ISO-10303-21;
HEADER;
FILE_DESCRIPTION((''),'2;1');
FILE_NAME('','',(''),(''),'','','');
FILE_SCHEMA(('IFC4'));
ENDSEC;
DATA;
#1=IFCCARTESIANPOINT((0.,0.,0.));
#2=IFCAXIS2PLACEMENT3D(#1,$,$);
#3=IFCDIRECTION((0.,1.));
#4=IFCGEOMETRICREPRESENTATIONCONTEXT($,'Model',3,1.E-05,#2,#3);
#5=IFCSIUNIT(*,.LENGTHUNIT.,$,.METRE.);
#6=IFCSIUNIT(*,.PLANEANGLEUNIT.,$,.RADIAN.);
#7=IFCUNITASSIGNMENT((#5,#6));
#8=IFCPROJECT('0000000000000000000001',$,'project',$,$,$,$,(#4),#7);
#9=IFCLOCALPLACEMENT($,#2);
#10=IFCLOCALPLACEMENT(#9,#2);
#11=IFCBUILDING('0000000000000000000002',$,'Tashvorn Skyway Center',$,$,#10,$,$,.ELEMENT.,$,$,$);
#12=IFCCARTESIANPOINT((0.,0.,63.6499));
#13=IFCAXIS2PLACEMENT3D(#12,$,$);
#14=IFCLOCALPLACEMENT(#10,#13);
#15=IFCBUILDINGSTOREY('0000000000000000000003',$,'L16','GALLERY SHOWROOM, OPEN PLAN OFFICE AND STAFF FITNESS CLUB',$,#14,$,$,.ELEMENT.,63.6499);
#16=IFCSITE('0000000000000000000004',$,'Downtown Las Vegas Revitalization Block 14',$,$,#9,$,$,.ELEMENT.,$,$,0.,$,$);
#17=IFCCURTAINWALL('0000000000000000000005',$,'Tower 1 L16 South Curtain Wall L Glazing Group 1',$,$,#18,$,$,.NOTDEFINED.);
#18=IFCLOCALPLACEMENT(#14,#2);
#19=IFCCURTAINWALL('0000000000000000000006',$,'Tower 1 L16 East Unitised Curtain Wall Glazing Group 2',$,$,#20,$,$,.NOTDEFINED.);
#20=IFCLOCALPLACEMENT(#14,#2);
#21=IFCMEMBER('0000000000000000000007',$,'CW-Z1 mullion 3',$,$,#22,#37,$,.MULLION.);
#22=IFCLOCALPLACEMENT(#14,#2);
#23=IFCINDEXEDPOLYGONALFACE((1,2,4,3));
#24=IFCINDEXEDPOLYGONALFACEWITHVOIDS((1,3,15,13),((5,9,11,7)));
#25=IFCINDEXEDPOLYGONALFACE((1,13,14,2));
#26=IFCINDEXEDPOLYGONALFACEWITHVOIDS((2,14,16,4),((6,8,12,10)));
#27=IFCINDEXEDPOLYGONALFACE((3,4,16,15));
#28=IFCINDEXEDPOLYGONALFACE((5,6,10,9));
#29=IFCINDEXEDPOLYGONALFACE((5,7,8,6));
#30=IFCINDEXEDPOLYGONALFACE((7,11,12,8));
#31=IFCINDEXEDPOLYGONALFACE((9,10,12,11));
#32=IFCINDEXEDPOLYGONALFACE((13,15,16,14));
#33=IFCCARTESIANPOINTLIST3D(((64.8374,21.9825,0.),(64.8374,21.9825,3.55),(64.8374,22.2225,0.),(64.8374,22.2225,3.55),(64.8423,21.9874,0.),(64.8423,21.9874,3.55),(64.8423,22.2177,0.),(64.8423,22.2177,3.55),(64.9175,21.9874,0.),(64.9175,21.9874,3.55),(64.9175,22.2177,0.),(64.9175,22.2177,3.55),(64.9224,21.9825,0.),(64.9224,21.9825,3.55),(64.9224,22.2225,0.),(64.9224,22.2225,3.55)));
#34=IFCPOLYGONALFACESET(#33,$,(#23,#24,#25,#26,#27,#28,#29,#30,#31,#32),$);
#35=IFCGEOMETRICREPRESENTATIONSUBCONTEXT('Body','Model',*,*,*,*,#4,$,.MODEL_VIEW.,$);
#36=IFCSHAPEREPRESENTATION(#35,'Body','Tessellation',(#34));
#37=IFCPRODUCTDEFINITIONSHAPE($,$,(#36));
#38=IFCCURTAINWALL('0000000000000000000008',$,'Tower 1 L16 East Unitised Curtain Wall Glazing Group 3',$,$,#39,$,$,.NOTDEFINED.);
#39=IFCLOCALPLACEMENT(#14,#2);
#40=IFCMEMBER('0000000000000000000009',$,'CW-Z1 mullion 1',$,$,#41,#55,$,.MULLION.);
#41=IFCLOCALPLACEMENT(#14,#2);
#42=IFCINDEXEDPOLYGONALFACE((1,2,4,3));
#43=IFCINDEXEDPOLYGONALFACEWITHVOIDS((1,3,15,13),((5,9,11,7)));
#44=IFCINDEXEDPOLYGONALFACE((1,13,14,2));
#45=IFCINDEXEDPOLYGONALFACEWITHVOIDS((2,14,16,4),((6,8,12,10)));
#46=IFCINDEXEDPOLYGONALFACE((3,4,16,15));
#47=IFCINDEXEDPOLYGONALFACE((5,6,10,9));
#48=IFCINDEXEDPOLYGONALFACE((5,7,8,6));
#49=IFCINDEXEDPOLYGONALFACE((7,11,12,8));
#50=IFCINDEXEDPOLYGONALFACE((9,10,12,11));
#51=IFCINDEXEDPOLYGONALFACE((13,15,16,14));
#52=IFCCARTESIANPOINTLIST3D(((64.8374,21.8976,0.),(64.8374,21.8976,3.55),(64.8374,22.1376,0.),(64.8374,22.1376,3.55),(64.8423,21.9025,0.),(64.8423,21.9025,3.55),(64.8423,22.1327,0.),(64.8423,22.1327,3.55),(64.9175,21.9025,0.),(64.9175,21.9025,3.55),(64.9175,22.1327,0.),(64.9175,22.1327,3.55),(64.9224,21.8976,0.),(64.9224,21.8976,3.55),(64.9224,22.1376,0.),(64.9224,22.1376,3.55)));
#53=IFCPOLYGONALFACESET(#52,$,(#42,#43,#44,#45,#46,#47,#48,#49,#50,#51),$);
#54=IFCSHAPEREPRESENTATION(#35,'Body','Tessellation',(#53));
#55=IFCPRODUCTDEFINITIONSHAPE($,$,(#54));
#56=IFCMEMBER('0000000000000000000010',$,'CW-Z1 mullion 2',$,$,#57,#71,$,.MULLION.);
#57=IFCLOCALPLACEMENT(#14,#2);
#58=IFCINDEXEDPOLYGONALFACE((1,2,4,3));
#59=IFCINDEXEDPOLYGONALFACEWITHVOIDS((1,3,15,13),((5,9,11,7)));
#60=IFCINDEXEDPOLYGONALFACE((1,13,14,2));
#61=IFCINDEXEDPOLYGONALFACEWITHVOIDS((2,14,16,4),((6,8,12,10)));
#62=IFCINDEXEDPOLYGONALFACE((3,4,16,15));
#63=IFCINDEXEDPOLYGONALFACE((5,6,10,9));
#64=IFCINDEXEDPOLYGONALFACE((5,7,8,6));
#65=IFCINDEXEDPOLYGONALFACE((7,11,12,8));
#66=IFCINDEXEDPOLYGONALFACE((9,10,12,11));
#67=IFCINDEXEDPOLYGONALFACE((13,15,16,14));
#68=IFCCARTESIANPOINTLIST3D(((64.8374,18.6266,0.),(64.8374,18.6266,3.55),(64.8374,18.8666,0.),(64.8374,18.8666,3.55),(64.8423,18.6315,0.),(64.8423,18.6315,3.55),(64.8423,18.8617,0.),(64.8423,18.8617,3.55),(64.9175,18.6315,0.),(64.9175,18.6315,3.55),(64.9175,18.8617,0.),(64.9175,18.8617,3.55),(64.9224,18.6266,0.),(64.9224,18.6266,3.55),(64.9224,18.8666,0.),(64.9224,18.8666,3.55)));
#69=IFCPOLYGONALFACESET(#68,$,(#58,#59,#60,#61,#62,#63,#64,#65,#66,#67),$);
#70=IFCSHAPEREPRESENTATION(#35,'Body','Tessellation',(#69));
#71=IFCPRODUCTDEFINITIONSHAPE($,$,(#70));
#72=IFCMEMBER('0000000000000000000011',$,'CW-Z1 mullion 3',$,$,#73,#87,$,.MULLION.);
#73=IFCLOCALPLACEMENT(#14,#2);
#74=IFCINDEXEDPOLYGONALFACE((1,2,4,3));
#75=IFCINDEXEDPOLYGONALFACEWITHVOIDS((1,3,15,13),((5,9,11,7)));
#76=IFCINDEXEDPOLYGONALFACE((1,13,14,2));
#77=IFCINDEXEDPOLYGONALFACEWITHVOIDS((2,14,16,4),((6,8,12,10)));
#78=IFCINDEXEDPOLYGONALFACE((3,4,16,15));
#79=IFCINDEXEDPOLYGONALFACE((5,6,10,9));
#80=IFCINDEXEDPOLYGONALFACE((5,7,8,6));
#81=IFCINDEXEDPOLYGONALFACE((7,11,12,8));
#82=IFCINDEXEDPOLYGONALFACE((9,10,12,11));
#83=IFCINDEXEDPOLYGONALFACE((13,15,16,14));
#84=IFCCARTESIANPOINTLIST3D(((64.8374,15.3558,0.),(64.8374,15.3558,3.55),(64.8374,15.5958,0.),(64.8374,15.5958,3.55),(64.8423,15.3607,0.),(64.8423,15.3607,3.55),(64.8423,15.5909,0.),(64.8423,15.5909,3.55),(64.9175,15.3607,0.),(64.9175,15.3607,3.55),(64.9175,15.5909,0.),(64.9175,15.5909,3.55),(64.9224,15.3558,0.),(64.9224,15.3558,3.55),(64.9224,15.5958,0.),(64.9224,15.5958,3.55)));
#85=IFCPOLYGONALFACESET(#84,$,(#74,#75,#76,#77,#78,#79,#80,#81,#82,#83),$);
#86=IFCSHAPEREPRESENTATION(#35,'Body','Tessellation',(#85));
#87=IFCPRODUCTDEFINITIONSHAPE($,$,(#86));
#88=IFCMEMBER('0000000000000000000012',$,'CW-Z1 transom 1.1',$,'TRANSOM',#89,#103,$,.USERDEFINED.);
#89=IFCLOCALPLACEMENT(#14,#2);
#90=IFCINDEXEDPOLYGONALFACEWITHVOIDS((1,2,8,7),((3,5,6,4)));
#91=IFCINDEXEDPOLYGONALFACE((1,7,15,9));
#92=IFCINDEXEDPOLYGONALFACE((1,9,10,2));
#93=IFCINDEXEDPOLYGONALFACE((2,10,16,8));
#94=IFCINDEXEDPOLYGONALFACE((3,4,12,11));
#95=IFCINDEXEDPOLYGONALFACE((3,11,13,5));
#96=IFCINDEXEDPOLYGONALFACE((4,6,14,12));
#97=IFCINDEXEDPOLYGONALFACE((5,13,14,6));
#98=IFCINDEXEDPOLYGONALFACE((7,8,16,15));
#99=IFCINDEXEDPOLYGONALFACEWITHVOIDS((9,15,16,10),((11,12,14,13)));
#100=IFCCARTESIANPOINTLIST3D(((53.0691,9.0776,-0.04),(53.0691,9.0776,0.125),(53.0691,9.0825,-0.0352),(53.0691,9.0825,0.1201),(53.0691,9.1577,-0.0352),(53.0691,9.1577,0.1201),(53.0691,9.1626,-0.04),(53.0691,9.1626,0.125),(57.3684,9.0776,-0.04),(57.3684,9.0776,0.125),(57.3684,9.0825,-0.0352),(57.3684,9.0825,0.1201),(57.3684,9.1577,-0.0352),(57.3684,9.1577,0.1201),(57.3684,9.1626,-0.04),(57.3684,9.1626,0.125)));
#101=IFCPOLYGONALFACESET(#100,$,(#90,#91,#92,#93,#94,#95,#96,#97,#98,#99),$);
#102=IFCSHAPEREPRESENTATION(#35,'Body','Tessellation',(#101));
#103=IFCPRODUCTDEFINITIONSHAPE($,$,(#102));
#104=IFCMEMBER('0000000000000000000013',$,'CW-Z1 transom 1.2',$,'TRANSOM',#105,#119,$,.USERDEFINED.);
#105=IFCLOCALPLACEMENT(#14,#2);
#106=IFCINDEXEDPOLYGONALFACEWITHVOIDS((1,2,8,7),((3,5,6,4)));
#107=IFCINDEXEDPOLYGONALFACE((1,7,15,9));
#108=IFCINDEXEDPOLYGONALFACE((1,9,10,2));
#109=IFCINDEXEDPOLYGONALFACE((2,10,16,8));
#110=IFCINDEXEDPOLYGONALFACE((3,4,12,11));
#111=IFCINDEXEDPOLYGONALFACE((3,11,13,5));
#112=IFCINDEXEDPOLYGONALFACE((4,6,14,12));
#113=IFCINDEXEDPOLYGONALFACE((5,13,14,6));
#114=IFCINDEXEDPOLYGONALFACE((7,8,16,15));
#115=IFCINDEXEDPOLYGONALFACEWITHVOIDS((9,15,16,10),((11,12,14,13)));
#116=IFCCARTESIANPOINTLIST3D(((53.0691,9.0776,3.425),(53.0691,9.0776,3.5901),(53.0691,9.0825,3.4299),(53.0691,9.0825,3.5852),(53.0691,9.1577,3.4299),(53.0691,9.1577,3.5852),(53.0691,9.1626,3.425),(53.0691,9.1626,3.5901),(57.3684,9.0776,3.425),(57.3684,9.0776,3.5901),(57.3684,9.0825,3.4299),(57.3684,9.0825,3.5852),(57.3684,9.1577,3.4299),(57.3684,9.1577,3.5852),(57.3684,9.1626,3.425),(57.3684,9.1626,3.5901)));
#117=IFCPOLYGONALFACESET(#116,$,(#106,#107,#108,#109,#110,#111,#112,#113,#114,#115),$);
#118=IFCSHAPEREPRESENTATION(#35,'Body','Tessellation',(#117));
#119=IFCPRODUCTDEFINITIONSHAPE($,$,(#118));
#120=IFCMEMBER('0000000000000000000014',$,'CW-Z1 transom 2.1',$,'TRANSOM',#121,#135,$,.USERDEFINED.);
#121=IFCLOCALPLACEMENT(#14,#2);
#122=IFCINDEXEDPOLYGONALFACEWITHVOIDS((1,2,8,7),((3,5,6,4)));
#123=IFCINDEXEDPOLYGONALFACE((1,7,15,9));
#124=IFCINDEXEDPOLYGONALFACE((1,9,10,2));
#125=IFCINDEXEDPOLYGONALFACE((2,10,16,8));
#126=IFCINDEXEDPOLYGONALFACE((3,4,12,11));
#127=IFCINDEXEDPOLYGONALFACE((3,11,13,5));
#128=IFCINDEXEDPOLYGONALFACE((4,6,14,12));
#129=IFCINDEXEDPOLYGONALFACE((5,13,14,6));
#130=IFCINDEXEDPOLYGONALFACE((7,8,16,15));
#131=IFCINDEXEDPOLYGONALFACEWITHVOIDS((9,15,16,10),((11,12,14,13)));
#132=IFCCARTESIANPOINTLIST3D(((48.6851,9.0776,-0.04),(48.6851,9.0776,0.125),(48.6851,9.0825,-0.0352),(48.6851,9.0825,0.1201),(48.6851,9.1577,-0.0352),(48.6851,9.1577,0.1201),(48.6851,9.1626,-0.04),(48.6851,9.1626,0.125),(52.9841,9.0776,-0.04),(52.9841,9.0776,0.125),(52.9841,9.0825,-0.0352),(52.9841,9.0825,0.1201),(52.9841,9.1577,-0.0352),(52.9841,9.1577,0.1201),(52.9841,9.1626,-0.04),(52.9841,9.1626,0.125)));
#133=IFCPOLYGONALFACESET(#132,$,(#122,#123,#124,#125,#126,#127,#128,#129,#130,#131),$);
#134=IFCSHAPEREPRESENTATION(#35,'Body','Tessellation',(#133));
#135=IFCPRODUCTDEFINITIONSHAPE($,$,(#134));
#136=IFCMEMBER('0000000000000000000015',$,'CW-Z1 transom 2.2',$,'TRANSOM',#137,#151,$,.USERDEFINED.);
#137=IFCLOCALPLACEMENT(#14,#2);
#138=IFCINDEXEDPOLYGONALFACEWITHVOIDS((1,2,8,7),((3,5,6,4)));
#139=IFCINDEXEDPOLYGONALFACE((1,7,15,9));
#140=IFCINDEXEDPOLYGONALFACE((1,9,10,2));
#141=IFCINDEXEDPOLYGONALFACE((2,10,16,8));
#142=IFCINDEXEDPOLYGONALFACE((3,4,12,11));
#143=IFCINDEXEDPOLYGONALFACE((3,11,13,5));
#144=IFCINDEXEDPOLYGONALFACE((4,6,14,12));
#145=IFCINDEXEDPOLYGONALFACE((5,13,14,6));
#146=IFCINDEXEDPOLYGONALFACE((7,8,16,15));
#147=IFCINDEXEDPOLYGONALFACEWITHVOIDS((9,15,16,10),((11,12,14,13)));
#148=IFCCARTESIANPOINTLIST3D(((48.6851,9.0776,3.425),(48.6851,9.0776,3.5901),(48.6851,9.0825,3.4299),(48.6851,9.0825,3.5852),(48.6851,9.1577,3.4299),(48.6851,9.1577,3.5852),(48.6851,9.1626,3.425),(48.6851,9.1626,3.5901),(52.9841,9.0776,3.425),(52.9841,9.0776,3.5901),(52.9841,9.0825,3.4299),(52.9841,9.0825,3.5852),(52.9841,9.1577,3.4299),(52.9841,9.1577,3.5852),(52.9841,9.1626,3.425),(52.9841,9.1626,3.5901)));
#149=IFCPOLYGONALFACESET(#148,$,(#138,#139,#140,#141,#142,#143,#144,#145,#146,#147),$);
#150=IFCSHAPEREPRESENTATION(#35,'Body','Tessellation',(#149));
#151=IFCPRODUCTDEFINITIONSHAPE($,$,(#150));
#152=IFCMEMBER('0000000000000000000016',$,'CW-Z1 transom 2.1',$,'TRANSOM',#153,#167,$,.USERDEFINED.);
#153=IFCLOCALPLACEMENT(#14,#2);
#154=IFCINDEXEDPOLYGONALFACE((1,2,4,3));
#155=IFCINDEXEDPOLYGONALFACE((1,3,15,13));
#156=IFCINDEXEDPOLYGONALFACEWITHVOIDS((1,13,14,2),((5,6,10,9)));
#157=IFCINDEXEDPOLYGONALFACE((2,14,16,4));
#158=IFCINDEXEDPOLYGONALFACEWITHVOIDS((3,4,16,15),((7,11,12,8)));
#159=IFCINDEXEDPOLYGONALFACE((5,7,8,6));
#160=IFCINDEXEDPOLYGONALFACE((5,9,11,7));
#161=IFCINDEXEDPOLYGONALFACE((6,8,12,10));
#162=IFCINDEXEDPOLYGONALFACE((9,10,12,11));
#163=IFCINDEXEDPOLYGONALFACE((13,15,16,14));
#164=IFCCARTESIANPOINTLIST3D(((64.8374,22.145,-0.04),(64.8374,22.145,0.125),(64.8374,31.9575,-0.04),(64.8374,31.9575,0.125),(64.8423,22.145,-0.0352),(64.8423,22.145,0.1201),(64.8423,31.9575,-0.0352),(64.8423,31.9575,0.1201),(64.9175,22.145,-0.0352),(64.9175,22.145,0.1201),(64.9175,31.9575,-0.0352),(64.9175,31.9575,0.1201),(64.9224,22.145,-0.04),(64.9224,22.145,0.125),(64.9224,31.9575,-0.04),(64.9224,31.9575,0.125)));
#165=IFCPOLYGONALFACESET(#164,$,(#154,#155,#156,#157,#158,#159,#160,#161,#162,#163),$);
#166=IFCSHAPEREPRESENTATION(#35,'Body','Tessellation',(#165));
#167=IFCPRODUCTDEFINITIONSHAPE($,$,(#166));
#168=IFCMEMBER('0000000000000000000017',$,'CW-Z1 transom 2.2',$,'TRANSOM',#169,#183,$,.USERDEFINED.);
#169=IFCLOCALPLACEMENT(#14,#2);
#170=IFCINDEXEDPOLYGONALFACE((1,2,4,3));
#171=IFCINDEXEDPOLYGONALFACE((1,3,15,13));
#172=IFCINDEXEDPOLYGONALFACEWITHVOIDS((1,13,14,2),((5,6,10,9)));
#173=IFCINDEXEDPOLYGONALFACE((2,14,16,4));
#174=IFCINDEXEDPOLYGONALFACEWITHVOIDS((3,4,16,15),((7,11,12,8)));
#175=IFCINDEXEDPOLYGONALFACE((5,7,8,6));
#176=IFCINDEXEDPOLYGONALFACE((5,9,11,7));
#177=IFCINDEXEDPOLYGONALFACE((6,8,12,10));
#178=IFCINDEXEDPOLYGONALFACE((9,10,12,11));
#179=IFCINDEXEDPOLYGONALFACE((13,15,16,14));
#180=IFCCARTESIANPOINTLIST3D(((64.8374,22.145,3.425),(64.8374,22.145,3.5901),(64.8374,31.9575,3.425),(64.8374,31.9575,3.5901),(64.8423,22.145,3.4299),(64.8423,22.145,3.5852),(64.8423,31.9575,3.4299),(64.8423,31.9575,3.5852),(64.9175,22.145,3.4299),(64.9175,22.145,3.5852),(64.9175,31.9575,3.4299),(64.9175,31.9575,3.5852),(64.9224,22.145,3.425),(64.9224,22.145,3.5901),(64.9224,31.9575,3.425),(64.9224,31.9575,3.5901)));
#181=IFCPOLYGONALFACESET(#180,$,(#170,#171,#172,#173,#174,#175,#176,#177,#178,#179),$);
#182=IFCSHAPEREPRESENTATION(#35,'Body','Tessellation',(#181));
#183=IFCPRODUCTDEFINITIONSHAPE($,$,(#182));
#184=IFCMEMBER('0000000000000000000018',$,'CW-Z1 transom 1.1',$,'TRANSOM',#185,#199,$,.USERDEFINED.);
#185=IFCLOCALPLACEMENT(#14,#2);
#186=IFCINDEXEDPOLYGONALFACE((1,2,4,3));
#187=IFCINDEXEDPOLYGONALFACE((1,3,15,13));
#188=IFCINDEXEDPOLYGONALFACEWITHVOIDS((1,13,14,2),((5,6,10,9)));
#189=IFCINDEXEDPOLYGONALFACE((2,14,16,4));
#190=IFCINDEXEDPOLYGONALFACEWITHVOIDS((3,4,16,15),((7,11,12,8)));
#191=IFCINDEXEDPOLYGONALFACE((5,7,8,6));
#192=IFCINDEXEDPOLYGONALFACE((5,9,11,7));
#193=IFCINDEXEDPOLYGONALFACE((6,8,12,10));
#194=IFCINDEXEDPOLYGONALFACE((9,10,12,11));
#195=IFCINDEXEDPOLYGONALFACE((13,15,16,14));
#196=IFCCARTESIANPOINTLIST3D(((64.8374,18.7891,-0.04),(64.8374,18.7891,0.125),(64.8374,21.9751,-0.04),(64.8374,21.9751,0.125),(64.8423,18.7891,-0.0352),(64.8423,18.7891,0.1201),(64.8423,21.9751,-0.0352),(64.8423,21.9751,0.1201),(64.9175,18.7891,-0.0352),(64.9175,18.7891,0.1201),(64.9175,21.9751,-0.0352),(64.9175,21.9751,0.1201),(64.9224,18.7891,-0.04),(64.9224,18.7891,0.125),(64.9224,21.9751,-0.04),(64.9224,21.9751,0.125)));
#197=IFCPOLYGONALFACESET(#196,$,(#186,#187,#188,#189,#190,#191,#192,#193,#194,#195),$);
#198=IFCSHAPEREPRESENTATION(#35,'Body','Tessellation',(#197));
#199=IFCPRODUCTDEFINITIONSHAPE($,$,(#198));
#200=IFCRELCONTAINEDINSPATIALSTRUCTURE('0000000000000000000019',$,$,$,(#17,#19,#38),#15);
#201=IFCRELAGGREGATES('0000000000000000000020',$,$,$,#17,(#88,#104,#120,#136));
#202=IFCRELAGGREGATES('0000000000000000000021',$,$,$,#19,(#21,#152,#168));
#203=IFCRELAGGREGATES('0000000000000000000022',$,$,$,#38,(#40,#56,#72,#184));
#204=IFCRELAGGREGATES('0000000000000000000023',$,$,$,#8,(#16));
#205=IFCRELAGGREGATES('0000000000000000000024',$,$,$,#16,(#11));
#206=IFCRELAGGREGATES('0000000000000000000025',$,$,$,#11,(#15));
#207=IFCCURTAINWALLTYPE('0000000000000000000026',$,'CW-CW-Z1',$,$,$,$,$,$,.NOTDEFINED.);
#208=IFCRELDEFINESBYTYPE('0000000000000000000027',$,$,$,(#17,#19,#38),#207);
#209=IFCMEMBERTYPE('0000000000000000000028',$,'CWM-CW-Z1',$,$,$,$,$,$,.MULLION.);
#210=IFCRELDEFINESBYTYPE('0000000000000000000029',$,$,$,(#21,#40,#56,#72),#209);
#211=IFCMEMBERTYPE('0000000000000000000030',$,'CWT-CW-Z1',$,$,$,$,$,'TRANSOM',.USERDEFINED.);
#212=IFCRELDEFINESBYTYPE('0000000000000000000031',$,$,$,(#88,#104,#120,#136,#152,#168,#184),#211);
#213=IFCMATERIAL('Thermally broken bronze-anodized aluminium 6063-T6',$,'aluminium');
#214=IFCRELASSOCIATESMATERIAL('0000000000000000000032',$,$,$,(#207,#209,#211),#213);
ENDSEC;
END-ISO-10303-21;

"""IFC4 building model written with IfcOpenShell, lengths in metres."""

from ifc_helpers import new_model, si_unit, direction, frame, origin, origin_2d, place, context, subcontext, project, spatial, hollow_rectangle, extrude, material, material_profile, profile_set, type_object, element, aggregate, save


model = new_model("IFC4")

# Units and contexts
model_context = context("Model", 3, precision=1e-05, world=origin(), true_north=direction((0.0, 1.0)))
body_context = subcontext(model_context, "Body", "Model", "MODEL_VIEW")
ifc_project = project(units=[si_unit("LENGTHUNIT", "METRE"), si_unit("PLANEANGLEUNIT", "RADIAN")], contexts=[model_context])

# Site, building, storey
site_placement = place(None, origin())
site = spatial("IfcSite", under=ifc_project, at=site_placement, Name="Downtown Las Vegas Revitalization Block 14", CompositionType="ELEMENT", RefElevation=0.0)
building_placement = place(site_placement, origin())
building = spatial("IfcBuilding", under=site, at=building_placement, Name="Tashvorn Skyway Center", CompositionType="ELEMENT")
storey_placement = place(building_placement, frame((0.0, 0.0, 63.6499)))
storey = spatial("IfcBuildingStorey", under=building, at=storey_placement, Name="L16", Description="GALLERY SHOWROOM, OPEN PLAN OFFICE AND STAFF FITNESS CLUB", CompositionType="ELEMENT", Elevation=63.6499)

# Curtain walls, members
ifc_material_1 = material(Name="Thermally broken bronze-anodized aluminium 6063-T6", Category="aluminium")
curtain_wall_type = type_object("IfcCurtainWallType", Name="CW-CW-Z1", PredefinedType="NOTDEFINED", material=ifc_material_1)
curtain_wall_1_placement = place(storey_placement, origin())
curtain_wall_1 = element("IfcCurtainWall", 1, at=curtain_wall_1_placement, inside=storey, type_object=curtain_wall_type, Name="Tower 1 L16 South Curtain Wall L Glazing Group 1", PredefinedType="NOTDEFINED")
ifc_material_profile_1 = material_profile(ifc_material_1, hollow_rectangle(XDim=0.085, YDim=0.24, WallThickness=0.0049, at=origin_2d()), Name="ALU-MULL-85x240")
ifc_profile_set_1 = profile_set([ifc_material_profile_1], Name="Thermally broken bronze-anodized aluminium 6063-T6")
member_type_1 = type_object("IfcMemberType", Name="CWM-CW-Z1", PredefinedType="MULLION", material=ifc_profile_set_1)
curtain_wall_2_placement = place(storey_placement, origin())
curtain_wall_2 = element("IfcCurtainWall", 2, at=curtain_wall_2_placement, inside=storey, type_object=curtain_wall_type, Name="Tower 1 L16 East Unitised Curtain Wall Glazing Group 2", PredefinedType="NOTDEFINED")
member_1_placement = place(storey_placement, frame((64.8799, 22.1025, 0.0), z_axis=(0.0, 0.0, 1.0), x_axis=(1.0, 0.0, 0.0)))
member_1 = element("IfcMember", 3, at=member_1_placement, type_object=member_type_1, Name="CW-Z1 mullion 3", PredefinedType="MULLION", context=body_context, shape_type="SweptSolid", body=[
    extrude(hollow_rectangle(XDim=0.085, YDim=0.24, WallThickness=0.0049, at=origin_2d()), origin(), (0.0, 0.0, 1.0), 3.55),
])
curtain_wall_3_placement = place(storey_placement, origin())
curtain_wall_3 = element("IfcCurtainWall", 4, at=curtain_wall_3_placement, inside=storey, type_object=curtain_wall_type, Name="Tower 1 L16 East Unitised Curtain Wall Glazing Group 3", PredefinedType="NOTDEFINED")
member_2_placement = place(storey_placement, frame((64.8799, 22.0176, 0.0), z_axis=(0.0, 0.0, 1.0), x_axis=(1.0, 0.0, 0.0)))
member_2 = element("IfcMember", 5, at=member_2_placement, type_object=member_type_1, Name="CW-Z1 mullion 1", PredefinedType="MULLION", context=body_context, shape_type="SweptSolid", body=[
    extrude(hollow_rectangle(XDim=0.085, YDim=0.24, WallThickness=0.0049, at=origin_2d()), origin(), (0.0, 0.0, 1.0), 3.55),
])
member_3_placement = place(storey_placement, frame((64.8799, 18.7466, 0.0), z_axis=(0.0, 0.0, 1.0), x_axis=(1.0, 0.0, 0.0)))
member_3 = element("IfcMember", 6, at=member_3_placement, type_object=member_type_1, Name="CW-Z1 mullion 2", PredefinedType="MULLION", context=body_context, shape_type="SweptSolid", body=[
    extrude(hollow_rectangle(XDim=0.085, YDim=0.24, WallThickness=0.0049, at=origin_2d()), origin(), (0.0, 0.0, 1.0), 3.55),
])
member_4_placement = place(storey_placement, frame((64.8799, 15.4758, 0.0), z_axis=(0.0, 0.0, 1.0), x_axis=(1.0, 0.0, 0.0)))
member_4 = element("IfcMember", 7, at=member_4_placement, type_object=member_type_1, Name="CW-Z1 mullion 3", PredefinedType="MULLION", context=body_context, shape_type="SweptSolid", body=[
    extrude(hollow_rectangle(XDim=0.085, YDim=0.24, WallThickness=0.0049, at=origin_2d()), origin(), (0.0, 0.0, 1.0), 3.55),
])

# Members
ifc_material_profile_2 = material_profile(ifc_material_1, hollow_rectangle(XDim=0.085, YDim=0.165, WallThickness=0.0049, at=origin_2d()), Name="ALU-TRAN-85x165")
ifc_profile_set_2 = profile_set([ifc_material_profile_2], Name="Thermally broken bronze-anodized aluminium 6063-T6")
member_type_2 = type_object("IfcMemberType", Name="CWT-CW-Z1", ElementType="TRANSOM", PredefinedType="USERDEFINED", material=ifc_profile_set_2)
member_5_placement = place(storey_placement, frame((57.3684, 9.1201, 0.0425), z_axis=(-1.0, 0.0, 0.0), x_axis=(0.0, -1.0, 0.0)))
member_5 = element("IfcMember", 8, at=member_5_placement, type_object=member_type_2, Name="CW-Z1 transom 1.1", ObjectType="TRANSOM", PredefinedType="USERDEFINED", context=body_context, shape_type="SweptSolid", body=[
    extrude(hollow_rectangle(XDim=0.085, YDim=0.165, WallThickness=0.0049, at=origin_2d()), origin(), (0.0, 0.0, 1.0), 4.2993),
])
member_6_placement = place(storey_placement, frame((57.3684, 9.1201, 3.5076), z_axis=(-1.0, 0.0, 0.0), x_axis=(0.0, -1.0, 0.0)))
member_6 = element("IfcMember", 9, at=member_6_placement, type_object=member_type_2, Name="CW-Z1 transom 1.2", ObjectType="TRANSOM", PredefinedType="USERDEFINED", context=body_context, shape_type="SweptSolid", body=[
    extrude(hollow_rectangle(XDim=0.085, YDim=0.165, WallThickness=0.0049, at=origin_2d()), origin(), (0.0, 0.0, 1.0), 4.2993),
])
member_7_placement = place(storey_placement, frame((52.9841, 9.1201, 0.0425), z_axis=(-1.0, 0.0, 0.0), x_axis=(0.0, -1.0, 0.0)))
member_7 = element("IfcMember", 10, at=member_7_placement, type_object=member_type_2, Name="CW-Z1 transom 2.1", ObjectType="TRANSOM", PredefinedType="USERDEFINED", context=body_context, shape_type="SweptSolid", body=[
    extrude(hollow_rectangle(XDim=0.085, YDim=0.165, WallThickness=0.0049, at=origin_2d()), origin(), (0.0, 0.0, 1.0), 4.2991),
])
member_8_placement = place(storey_placement, frame((52.9841, 9.1201, 3.5076), z_axis=(-1.0, 0.0, 0.0), x_axis=(0.0, -1.0, 0.0)))
member_8 = element("IfcMember", 11, at=member_8_placement, type_object=member_type_2, Name="CW-Z1 transom 2.2", ObjectType="TRANSOM", PredefinedType="USERDEFINED", context=body_context, shape_type="SweptSolid", body=[
    extrude(hollow_rectangle(XDim=0.085, YDim=0.165, WallThickness=0.0049, at=origin_2d()), origin(), (0.0, 0.0, 1.0), 4.2991),
])
member_9_placement = place(storey_placement, frame((64.8799, 31.9575, 0.0425), z_axis=(0.0, -1.0, 0.0), x_axis=(1.0, 0.0, 0.0)))
member_9 = element("IfcMember", 12, at=member_9_placement, type_object=member_type_2, Name="CW-Z1 transom 2.1", ObjectType="TRANSOM", PredefinedType="USERDEFINED", context=body_context, shape_type="SweptSolid", body=[
    extrude(hollow_rectangle(XDim=0.085, YDim=0.165, WallThickness=0.0049, at=origin_2d()), origin(), (0.0, 0.0, 1.0), 9.8125),
])
member_10_placement = place(storey_placement, frame((64.8799, 31.9575, 3.5076), z_axis=(0.0, -1.0, 0.0), x_axis=(1.0, 0.0, 0.0)))
member_10 = element("IfcMember", 13, at=member_10_placement, type_object=member_type_2, Name="CW-Z1 transom 2.2", ObjectType="TRANSOM", PredefinedType="USERDEFINED", context=body_context, shape_type="SweptSolid", body=[
    extrude(hollow_rectangle(XDim=0.085, YDim=0.165, WallThickness=0.0049, at=origin_2d()), origin(), (0.0, 0.0, 1.0), 9.8125),
])
member_11_placement = place(storey_placement, frame((64.8799, 21.9751, 0.0425), z_axis=(0.0, -1.0, 0.0), x_axis=(1.0, 0.0, 0.0)))
member_11 = element("IfcMember", 14, at=member_11_placement, type_object=member_type_2, Name="CW-Z1 transom 1.1", ObjectType="TRANSOM", PredefinedType="USERDEFINED", context=body_context, shape_type="SweptSolid", body=[
    extrude(hollow_rectangle(XDim=0.085, YDim=0.165, WallThickness=0.0049, at=origin_2d()), origin(), (0.0, 0.0, 1.0), 3.186),
])

aggregate(curtain_wall_1, [member_5, member_6, member_7, member_8])
aggregate(curtain_wall_2, [member_1, member_9, member_10])
aggregate(curtain_wall_3, [member_2, member_3, member_4, member_11])

save(model, "model.ifc")
